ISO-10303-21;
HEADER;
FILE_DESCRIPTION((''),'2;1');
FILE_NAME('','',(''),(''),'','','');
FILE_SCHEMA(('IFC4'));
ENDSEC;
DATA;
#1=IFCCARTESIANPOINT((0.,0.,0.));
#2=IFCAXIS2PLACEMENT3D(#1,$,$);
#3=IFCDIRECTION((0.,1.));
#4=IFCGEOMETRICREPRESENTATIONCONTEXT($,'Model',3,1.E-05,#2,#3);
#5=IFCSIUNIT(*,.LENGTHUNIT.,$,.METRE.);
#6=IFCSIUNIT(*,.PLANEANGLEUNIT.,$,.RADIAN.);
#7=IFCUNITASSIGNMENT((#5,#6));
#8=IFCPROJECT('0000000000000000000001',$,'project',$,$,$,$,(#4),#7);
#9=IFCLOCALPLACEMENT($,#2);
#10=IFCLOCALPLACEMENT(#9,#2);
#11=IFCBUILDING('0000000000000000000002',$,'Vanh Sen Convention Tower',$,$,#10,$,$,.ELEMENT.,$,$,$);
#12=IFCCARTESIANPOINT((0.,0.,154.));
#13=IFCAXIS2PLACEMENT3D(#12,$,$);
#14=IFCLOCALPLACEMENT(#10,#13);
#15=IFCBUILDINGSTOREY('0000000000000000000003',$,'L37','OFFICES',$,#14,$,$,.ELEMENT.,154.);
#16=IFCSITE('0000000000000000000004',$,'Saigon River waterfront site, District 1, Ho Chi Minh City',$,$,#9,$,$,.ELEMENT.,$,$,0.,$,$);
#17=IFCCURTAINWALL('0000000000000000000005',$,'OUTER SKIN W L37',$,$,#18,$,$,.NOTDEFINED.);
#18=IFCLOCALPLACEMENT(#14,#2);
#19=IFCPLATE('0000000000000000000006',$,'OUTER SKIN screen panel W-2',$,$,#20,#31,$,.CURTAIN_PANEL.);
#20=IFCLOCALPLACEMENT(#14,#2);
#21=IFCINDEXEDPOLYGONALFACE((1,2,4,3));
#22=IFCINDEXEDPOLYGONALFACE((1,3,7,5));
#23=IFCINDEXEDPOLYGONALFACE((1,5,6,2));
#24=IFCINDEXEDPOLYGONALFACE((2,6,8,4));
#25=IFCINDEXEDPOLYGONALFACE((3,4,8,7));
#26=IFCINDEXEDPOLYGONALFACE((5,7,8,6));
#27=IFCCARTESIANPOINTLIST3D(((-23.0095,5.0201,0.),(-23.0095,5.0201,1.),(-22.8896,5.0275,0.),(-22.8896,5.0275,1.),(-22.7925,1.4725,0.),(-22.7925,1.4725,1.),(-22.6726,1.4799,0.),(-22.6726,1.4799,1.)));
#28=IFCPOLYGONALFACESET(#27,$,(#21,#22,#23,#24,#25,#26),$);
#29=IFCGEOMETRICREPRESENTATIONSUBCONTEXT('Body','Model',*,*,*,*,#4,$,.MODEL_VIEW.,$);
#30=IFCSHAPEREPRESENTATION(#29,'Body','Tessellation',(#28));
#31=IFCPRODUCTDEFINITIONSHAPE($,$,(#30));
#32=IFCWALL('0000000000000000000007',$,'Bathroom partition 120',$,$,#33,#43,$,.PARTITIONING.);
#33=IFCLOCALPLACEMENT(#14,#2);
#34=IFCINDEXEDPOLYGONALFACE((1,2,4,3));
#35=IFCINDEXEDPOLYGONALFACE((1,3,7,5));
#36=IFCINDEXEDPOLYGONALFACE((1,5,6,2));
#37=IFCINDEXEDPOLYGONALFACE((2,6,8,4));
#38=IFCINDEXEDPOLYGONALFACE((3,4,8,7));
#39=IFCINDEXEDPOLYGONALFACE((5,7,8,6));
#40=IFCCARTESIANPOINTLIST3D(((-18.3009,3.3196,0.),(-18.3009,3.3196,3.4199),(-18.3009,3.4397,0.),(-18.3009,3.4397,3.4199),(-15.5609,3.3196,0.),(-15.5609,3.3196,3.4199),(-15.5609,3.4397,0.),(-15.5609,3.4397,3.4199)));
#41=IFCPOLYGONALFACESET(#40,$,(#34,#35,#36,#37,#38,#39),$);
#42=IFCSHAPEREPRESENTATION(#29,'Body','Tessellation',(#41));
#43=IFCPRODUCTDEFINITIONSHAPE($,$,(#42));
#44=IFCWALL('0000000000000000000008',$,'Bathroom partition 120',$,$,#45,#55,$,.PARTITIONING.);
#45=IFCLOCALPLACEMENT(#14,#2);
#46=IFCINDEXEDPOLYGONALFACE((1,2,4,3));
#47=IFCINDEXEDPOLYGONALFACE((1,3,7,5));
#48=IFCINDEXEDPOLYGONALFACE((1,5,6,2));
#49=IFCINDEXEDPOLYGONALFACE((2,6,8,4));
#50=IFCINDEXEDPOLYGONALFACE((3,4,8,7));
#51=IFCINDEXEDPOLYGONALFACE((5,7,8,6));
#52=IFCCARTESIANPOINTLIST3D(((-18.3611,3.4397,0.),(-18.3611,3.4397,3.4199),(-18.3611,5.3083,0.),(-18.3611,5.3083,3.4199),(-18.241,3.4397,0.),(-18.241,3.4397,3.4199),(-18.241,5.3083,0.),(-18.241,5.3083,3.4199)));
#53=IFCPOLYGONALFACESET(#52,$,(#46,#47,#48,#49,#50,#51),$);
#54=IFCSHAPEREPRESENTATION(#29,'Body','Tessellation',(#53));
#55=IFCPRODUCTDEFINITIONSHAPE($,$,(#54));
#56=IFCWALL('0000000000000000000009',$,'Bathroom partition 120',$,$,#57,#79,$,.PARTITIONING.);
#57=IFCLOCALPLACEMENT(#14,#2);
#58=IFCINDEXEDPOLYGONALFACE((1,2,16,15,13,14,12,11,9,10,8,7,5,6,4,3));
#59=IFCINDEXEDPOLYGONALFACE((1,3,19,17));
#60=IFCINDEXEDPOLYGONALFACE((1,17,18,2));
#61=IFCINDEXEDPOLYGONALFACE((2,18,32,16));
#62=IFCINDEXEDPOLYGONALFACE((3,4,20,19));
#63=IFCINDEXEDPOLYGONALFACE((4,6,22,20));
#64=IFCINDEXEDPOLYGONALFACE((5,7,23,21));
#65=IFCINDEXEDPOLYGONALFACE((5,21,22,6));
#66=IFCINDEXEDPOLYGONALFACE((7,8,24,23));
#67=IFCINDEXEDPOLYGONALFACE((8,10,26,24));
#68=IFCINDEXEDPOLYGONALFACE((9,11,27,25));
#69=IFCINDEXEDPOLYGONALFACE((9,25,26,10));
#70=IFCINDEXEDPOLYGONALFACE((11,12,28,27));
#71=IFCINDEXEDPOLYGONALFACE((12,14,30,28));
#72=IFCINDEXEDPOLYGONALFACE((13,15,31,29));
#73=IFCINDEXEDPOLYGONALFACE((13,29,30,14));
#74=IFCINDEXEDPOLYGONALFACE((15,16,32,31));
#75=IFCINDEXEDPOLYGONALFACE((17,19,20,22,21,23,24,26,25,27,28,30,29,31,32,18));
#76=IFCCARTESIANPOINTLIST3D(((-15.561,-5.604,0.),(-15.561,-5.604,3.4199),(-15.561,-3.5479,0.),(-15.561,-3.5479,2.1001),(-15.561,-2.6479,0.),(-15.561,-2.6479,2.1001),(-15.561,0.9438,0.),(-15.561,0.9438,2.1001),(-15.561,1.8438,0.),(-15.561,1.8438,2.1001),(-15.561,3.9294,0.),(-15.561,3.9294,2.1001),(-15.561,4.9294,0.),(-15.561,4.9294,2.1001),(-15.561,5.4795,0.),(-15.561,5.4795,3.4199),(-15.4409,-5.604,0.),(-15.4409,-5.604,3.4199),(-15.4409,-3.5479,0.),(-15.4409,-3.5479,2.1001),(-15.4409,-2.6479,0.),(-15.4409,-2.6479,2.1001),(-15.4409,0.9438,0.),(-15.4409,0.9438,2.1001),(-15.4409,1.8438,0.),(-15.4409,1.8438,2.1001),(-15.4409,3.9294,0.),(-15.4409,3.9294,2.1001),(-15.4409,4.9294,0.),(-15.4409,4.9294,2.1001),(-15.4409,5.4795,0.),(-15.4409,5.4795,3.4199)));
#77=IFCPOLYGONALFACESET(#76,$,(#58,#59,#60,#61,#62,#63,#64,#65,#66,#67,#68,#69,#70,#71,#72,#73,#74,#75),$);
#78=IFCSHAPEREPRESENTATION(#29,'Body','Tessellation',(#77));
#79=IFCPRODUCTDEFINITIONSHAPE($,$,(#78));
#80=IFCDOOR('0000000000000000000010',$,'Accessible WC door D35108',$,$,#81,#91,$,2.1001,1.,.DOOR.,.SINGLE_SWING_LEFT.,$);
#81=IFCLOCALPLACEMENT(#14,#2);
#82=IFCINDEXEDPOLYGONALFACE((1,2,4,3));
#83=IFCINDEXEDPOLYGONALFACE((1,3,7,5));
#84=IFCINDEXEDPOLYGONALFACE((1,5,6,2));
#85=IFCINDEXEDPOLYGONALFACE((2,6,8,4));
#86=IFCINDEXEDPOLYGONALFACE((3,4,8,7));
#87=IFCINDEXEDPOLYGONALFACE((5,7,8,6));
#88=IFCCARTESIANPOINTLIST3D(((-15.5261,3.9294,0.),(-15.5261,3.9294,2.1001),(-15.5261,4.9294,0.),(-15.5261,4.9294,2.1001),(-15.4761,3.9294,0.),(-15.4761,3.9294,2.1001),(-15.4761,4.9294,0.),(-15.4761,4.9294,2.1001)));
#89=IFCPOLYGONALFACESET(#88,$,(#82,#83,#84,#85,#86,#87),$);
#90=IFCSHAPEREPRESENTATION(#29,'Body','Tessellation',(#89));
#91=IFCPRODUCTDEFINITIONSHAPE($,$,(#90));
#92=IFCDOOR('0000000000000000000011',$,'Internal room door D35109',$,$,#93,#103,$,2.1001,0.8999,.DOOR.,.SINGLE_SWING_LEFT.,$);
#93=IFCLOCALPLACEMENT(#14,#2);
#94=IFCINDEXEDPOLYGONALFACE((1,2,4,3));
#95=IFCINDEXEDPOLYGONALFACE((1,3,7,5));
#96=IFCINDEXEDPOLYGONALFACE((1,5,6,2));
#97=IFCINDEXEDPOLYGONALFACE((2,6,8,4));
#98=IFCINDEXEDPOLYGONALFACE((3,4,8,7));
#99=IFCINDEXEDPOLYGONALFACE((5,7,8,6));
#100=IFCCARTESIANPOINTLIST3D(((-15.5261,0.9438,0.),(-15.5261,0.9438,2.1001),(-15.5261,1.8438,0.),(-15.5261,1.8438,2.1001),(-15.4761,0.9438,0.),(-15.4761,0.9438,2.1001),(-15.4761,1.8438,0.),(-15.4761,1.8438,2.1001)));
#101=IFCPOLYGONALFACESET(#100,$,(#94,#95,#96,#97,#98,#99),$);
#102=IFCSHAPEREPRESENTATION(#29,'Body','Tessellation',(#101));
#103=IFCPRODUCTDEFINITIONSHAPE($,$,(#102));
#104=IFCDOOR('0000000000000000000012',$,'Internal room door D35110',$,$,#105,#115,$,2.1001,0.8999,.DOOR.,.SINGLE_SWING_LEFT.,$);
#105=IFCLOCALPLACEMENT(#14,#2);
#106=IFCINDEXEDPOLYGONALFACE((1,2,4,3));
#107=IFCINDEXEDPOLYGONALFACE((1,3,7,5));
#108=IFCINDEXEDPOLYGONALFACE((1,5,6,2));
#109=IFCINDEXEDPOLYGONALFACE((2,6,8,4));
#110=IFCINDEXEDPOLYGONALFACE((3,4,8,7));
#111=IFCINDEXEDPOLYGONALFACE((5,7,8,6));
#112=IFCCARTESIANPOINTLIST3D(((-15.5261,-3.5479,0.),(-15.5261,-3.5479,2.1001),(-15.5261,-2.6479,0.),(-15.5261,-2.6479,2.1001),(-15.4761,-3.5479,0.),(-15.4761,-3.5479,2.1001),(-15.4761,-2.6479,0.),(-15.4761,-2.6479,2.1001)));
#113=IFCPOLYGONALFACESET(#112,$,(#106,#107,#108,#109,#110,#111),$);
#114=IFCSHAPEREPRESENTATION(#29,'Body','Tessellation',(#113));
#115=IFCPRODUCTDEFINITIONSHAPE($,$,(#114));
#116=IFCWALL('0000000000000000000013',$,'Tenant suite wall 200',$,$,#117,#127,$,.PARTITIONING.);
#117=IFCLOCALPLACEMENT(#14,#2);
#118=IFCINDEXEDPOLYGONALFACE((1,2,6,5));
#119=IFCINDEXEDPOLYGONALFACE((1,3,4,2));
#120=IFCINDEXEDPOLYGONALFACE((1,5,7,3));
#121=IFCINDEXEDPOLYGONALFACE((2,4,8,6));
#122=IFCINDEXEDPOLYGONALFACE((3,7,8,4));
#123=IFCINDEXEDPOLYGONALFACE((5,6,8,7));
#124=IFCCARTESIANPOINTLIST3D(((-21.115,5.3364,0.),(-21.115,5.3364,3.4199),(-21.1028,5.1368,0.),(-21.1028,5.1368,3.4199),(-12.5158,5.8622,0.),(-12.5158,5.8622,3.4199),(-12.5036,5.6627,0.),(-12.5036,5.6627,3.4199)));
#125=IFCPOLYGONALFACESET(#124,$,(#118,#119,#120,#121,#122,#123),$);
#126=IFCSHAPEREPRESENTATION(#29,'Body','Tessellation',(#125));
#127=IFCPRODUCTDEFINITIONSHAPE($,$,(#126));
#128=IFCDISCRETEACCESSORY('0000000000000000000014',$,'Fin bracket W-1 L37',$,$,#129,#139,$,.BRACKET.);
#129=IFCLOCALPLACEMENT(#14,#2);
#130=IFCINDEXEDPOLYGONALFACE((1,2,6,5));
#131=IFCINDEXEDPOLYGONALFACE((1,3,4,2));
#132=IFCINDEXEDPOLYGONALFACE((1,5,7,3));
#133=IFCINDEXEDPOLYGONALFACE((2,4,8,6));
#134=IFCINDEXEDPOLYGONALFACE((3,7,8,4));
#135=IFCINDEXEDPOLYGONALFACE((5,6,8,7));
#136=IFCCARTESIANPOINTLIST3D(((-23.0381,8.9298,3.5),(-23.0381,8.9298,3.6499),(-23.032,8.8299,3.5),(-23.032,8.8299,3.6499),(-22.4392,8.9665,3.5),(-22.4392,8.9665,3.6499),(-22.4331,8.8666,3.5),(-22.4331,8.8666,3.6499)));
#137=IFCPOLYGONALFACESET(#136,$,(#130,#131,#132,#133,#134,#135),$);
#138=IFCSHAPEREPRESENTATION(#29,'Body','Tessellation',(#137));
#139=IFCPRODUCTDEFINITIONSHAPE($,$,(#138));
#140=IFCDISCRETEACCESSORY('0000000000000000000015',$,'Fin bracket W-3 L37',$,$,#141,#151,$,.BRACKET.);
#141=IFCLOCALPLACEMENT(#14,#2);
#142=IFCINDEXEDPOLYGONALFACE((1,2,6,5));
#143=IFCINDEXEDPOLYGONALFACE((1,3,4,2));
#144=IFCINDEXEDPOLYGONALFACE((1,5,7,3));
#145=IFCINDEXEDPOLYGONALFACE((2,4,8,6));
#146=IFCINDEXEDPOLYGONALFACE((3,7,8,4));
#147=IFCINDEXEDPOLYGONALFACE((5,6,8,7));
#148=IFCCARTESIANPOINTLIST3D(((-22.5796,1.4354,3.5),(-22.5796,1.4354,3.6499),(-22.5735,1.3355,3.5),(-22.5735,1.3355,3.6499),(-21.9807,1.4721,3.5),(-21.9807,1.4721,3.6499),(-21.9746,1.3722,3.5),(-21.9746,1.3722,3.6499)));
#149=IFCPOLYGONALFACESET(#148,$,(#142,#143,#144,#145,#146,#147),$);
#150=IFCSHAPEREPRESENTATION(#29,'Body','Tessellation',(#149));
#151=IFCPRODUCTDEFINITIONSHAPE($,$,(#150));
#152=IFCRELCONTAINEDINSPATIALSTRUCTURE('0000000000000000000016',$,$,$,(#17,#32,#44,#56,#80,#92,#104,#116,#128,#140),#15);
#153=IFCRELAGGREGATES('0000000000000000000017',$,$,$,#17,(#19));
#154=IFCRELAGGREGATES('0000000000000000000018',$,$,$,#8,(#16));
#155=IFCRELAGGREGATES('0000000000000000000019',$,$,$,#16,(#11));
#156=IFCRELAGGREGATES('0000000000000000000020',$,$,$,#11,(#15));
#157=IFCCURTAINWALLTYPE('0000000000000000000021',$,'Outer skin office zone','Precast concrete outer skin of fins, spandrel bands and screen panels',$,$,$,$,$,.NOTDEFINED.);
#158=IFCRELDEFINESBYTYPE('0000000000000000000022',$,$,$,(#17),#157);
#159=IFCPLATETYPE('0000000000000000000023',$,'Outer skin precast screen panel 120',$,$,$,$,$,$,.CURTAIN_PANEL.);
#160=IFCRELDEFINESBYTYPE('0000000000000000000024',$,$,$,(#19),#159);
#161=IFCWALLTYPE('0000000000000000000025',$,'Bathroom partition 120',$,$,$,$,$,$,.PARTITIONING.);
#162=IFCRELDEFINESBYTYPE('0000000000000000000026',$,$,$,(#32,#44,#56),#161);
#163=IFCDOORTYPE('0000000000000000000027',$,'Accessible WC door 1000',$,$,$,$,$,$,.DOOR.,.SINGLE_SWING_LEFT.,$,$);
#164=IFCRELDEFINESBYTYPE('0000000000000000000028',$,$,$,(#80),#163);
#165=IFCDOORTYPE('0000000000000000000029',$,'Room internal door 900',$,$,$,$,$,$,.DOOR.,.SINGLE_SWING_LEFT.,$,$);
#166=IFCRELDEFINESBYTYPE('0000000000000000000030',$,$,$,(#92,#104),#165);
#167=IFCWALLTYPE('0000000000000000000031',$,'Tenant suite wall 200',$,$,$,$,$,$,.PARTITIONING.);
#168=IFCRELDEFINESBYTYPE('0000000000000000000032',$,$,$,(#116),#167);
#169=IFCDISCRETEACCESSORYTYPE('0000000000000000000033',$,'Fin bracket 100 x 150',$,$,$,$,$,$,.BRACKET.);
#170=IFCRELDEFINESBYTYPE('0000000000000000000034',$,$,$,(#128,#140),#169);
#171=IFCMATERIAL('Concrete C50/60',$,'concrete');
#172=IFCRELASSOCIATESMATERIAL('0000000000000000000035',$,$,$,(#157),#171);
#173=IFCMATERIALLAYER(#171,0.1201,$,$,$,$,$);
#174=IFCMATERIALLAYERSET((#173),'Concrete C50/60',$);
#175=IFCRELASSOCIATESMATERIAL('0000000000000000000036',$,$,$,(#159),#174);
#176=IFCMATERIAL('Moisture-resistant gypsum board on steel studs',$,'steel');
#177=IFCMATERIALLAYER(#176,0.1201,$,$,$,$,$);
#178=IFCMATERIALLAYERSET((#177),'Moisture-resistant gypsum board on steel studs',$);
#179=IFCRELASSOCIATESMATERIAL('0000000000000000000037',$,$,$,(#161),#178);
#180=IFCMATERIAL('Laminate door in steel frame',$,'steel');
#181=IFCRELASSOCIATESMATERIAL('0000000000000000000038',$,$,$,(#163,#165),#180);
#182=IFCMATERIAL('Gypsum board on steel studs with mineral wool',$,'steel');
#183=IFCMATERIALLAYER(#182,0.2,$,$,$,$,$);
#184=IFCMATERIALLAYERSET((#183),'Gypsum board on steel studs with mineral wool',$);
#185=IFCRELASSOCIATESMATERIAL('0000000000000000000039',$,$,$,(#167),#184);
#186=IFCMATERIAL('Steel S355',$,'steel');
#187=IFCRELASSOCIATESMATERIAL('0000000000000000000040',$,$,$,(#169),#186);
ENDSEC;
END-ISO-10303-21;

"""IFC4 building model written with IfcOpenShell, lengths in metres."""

from ifc_helpers import new_model, si_unit, direction, frame, frame_2d, origin, origin_2d, place, context, subcontext, project, spatial, rectangle, extrude, material, layer, layer_set, type_object, element, fill, aggregate, save


model = new_model("IFC4")

# Units and contexts
model_context = context("Model", 3, precision=1e-05, world=origin(), true_north=direction((0.0, 1.0)))
body_context = subcontext(model_context, "Body", "Model", "MODEL_VIEW")
ifc_project = project(units=[si_unit("LENGTHUNIT", "METRE"), si_unit("PLANEANGLEUNIT", "RADIAN")], contexts=[model_context])

# Site, building, storey
site_placement = place(None, origin())
site = spatial("IfcSite", under=ifc_project, at=site_placement, Name="Saigon River waterfront site, District 1, Ho Chi Minh City", CompositionType="ELEMENT", RefElevation=0.0)
building_placement = place(site_placement, origin())
building = spatial("IfcBuilding", under=site, at=building_placement, Name="Vanh Sen Convention Tower", CompositionType="ELEMENT")
storey_placement = place(building_placement, frame((0.0, 0.0, 154.0)))
storey = spatial("IfcBuildingStorey", under=building, at=storey_placement, Name="L37", Description="OFFICES", CompositionType="ELEMENT", Elevation=154.0)

# Curtain wall
ifc_material_1 = material(Name="Concrete C50/60", Category="concrete")
curtain_wall_type = type_object("IfcCurtainWallType", Name="Outer skin office zone", Description="Precast concrete outer skin of fins, spandrel bands and screen panels", PredefinedType="NOTDEFINED", material=ifc_material_1)
curtain_wall_placement = place(storey_placement, origin())
curtain_wall = element("IfcCurtainWall", 1, at=curtain_wall_placement, inside=storey, type_object=curtain_wall_type, Name="OUTER SKIN W L37", PredefinedType="NOTDEFINED")

# Plate
ifc_layer_1 = layer(ifc_material_1, 0.1201)
ifc_layer_set_1 = layer_set([ifc_layer_1], Name="Concrete C50/60")
plate_type = type_object("IfcPlateType", Name="Outer skin precast screen panel 120", PredefinedType="CURTAIN_PANEL", material=ifc_layer_set_1)
plate_1_placement = place(storey_placement, frame((-22.8411, 3.25, 0.0), z_axis=(0.0, 0.0, 1.0), x_axis=(0.061052, -0.998135, 0.0)))
plate_1 = element("IfcPlate", 2, at=plate_1_placement, type_object=plate_type, Name="OUTER SKIN screen panel W-2", PredefinedType="CURTAIN_PANEL", context=body_context, shape_type="SweptSolid", body=[
    extrude(rectangle(XDim=3.5542, YDim=0.1201, at=origin_2d()), origin(), (0.0, 0.0, 1.0), 1.0),
])
aggregate(curtain_wall, [plate_1])

# Walls
ifc_material_2 = material(Name="Moisture-resistant gypsum board on steel studs", Category="steel")
ifc_layer_2 = layer(ifc_material_2, 0.1201)
ifc_layer_set_2 = layer_set([ifc_layer_2], Name="Moisture-resistant gypsum board on steel studs")
wall_type_1 = type_object("IfcWallType", Name="Bathroom partition 120", PredefinedType="PARTITIONING", material=ifc_layer_set_2)
wall_1_placement = place(storey_placement, frame((-18.301, 3.3796, 0.0), z_axis=(0.0, 0.0, 1.0), x_axis=(1.0, 0.0, 0.0)))
element("IfcWall", 3, at=wall_1_placement, inside=storey, type_object=wall_type_1, Name="Bathroom partition 120", PredefinedType="PARTITIONING", context=body_context, shape_type="SweptSolid", body=[
    extrude(rectangle(XDim=2.74, YDim=0.1201, at=frame_2d((1.3701, 0.0))), origin(), (0.0, 0.0, 1.0), 3.4199),
])
wall_2_placement = place(storey_placement, frame((-18.301, 5.3083, 0.0), z_axis=(0.0, 0.0, 1.0), x_axis=(0.0, -1.0, 0.0)))
element("IfcWall", 4, at=wall_2_placement, inside=storey, type_object=wall_type_1, Name="Bathroom partition 120", PredefinedType="PARTITIONING", context=body_context, shape_type="SweptSolid", body=[
    extrude(rectangle(XDim=1.8687, YDim=0.1201, at=frame_2d((0.9343, 0.0))), origin(), (0.0, 0.0, 1.0), 3.4199),
])

# Wall, openings, doors
wall_3_placement = place(storey_placement, frame((-15.501, 5.4795, 0.0), z_axis=(0.0, 0.0, 1.0), x_axis=(0.0, -1.0, 0.0)))
wall_3 = element("IfcWall", 5, at=wall_3_placement, inside=storey, type_object=wall_type_1, Name="Bathroom partition 120", PredefinedType="PARTITIONING", context=body_context, shape_type="SweptSolid", body=[
    extrude(rectangle(XDim=11.0835, YDim=0.1201, at=frame_2d((5.5417, 0.0))), origin(), (0.0, 0.0, 1.0), 3.4199),
])
opening_1_placement = place(wall_3_placement, frame((0.55, 0.0, 0.0)))
opening_1 = element("IfcOpeningElement", 6, at=opening_1_placement, cuts=wall_3, PredefinedType="OPENING", context=body_context, shape_type="SweptSolid", body=[
    extrude(rectangle(XDim=1.0, YDim=2.1001, at=frame_2d((0.5, 1.05))), frame((0.0, 0.0701, 0.0), z_axis=(0.0, -1.0, 0.0), x_axis=(1.0, 0.0, 0.0)), (0.0, 0.0, 1.0), 0.1401),
])
opening_2_placement = place(wall_3_placement, frame((3.6357, 0.0, 0.0)))
opening_2 = element("IfcOpeningElement", 7, at=opening_2_placement, cuts=wall_3, PredefinedType="OPENING", context=body_context, shape_type="SweptSolid", body=[
    extrude(rectangle(XDim=0.8999, YDim=2.1001, at=frame_2d((0.45, 1.05))), frame((0.0, 0.0701, 0.0), z_axis=(0.0, -1.0, 0.0), x_axis=(1.0, 0.0, 0.0)), (0.0, 0.0, 1.0), 0.1401),
])
opening_3_placement = place(wall_3_placement, frame((8.1274, 0.0, 0.0)))
opening_3 = element("IfcOpeningElement", 8, at=opening_3_placement, cuts=wall_3, PredefinedType="OPENING", context=body_context, shape_type="SweptSolid", body=[
    extrude(rectangle(XDim=0.8999, YDim=2.1001, at=frame_2d((0.45, 1.05))), frame((0.0, 0.0701, 0.0), z_axis=(0.0, -1.0, 0.0), x_axis=(1.0, 0.0, 0.0)), (0.0, 0.0, 1.0), 0.1401),
])
ifc_material_3 = material(Name="Laminate door in steel frame", Category="steel")
door_type_1 = type_object("IfcDoorType", Name="Accessible WC door 1000", OperationType="SINGLE_SWING_LEFT", PredefinedType="DOOR", material=ifc_material_3)
door_1_placement = place(opening_1_placement, origin())
door_1 = element("IfcDoor", 9, at=door_1_placement, inside=storey, type_object=door_type_1, Name="Accessible WC door D35108", OperationType="SINGLE_SWING_LEFT", OverallHeight=2.1001, OverallWidth=1.0, PredefinedType="DOOR", context=body_context, shape_type="SweptSolid", body=[
    extrude(rectangle(XDim=1.0, YDim=2.1001, at=frame_2d((0.5, 1.05))), frame((0.0, 0.0249, 0.0), z_axis=(0.0, -1.0, 0.0), x_axis=(1.0, 0.0, 0.0)), (0.0, 0.0, 1.0), 0.05),
])
fill(opening_1, door_1)
door_type_2 = type_object("IfcDoorType", Name="Room internal door 900", OperationType="SINGLE_SWING_LEFT", PredefinedType="DOOR", material=ifc_material_3)
door_2_placement = place(opening_2_placement, origin())
door_2 = element("IfcDoor", 10, at=door_2_placement, inside=storey, type_object=door_type_2, Name="Internal room door D35109", OperationType="SINGLE_SWING_LEFT", OverallHeight=2.1001, OverallWidth=0.8999, PredefinedType="DOOR", context=body_context, shape_type="SweptSolid", body=[
    extrude(rectangle(XDim=0.8999, YDim=2.1001, at=frame_2d((0.45, 1.05))), frame((0.0, 0.0249, 0.0), z_axis=(0.0, -1.0, 0.0), x_axis=(1.0, 0.0, 0.0)), (0.0, 0.0, 1.0), 0.05),
])
fill(opening_2, door_2)
door_3_placement = place(opening_3_placement, origin())
door_3 = element("IfcDoor", 11, at=door_3_placement, inside=storey, type_object=door_type_2, Name="Internal room door D35110", OperationType="SINGLE_SWING_LEFT", OverallHeight=2.1001, OverallWidth=0.8999, PredefinedType="DOOR", context=body_context, shape_type="SweptSolid", body=[
    extrude(rectangle(XDim=0.8999, YDim=2.1001, at=frame_2d((0.45, 1.05))), frame((0.0, 0.0249, 0.0), z_axis=(0.0, -1.0, 0.0), x_axis=(1.0, 0.0, 0.0)), (0.0, 0.0, 1.0), 0.05),
])
fill(opening_3, door_3)

# Wall
ifc_material_4 = material(Name="Gypsum board on steel studs with mineral wool", Category="steel")
ifc_layer_3 = layer(ifc_material_4, 0.2)
ifc_layer_set_3 = layer_set([ifc_layer_3], Name="Gypsum board on steel studs with mineral wool")
wall_type_2 = type_object("IfcWallType", Name="Tenant suite wall 200", PredefinedType="PARTITIONING", material=ifc_layer_set_3)
wall_4_placement = place(storey_placement, frame((-21.1089, 5.2366, 0.0), z_axis=(0.0, 0.0, 1.0), x_axis=(0.998135, 0.061041, 0.0)))
element("IfcWall", 12, at=wall_4_placement, inside=storey, type_object=wall_type_2, Name="Tenant suite wall 200", PredefinedType="PARTITIONING", context=body_context, shape_type="SweptSolid", body=[
    extrude(rectangle(XDim=8.6152, YDim=0.2, at=frame_2d((4.3076, 0.0))), origin(), (0.0, 0.0, 1.0), 3.4199),
])

# Discrete accessories
ifc_material_5 = material(Name="Steel S355", Category="steel")
discrete_accessory_type = type_object("IfcDiscreteAccessoryType", Name="Fin bracket 100 x 150", PredefinedType="BRACKET", material=ifc_material_5)
for number, where, z_axis, x_axis, name in (
    (13, (-22.7356, 8.8982, 3.5), (0.0, 0.0, 1.0), (-0.998135, -0.061049, 0.0), "Fin bracket W-1 L37"),
    (14, (-22.2771, 1.4038, 3.5), (0.0, 0.0, 1.0), (-0.998135, -0.061049, 0.0), "Fin bracket W-3 L37"),
):
    element("IfcDiscreteAccessory", number, at=place(storey_placement, frame(where, z_axis=z_axis, x_axis=x_axis)), inside=storey, type_object=discrete_accessory_type, Name=name, PredefinedType="BRACKET", context=body_context, shape_type="SweptSolid", body=[
        extrude(rectangle(XDim=0.6001, YDim=0.1001, at=origin_2d()), origin(), (0.0, 0.0, 1.0), 0.1499),
    ])

save(model, "model.ifc")
